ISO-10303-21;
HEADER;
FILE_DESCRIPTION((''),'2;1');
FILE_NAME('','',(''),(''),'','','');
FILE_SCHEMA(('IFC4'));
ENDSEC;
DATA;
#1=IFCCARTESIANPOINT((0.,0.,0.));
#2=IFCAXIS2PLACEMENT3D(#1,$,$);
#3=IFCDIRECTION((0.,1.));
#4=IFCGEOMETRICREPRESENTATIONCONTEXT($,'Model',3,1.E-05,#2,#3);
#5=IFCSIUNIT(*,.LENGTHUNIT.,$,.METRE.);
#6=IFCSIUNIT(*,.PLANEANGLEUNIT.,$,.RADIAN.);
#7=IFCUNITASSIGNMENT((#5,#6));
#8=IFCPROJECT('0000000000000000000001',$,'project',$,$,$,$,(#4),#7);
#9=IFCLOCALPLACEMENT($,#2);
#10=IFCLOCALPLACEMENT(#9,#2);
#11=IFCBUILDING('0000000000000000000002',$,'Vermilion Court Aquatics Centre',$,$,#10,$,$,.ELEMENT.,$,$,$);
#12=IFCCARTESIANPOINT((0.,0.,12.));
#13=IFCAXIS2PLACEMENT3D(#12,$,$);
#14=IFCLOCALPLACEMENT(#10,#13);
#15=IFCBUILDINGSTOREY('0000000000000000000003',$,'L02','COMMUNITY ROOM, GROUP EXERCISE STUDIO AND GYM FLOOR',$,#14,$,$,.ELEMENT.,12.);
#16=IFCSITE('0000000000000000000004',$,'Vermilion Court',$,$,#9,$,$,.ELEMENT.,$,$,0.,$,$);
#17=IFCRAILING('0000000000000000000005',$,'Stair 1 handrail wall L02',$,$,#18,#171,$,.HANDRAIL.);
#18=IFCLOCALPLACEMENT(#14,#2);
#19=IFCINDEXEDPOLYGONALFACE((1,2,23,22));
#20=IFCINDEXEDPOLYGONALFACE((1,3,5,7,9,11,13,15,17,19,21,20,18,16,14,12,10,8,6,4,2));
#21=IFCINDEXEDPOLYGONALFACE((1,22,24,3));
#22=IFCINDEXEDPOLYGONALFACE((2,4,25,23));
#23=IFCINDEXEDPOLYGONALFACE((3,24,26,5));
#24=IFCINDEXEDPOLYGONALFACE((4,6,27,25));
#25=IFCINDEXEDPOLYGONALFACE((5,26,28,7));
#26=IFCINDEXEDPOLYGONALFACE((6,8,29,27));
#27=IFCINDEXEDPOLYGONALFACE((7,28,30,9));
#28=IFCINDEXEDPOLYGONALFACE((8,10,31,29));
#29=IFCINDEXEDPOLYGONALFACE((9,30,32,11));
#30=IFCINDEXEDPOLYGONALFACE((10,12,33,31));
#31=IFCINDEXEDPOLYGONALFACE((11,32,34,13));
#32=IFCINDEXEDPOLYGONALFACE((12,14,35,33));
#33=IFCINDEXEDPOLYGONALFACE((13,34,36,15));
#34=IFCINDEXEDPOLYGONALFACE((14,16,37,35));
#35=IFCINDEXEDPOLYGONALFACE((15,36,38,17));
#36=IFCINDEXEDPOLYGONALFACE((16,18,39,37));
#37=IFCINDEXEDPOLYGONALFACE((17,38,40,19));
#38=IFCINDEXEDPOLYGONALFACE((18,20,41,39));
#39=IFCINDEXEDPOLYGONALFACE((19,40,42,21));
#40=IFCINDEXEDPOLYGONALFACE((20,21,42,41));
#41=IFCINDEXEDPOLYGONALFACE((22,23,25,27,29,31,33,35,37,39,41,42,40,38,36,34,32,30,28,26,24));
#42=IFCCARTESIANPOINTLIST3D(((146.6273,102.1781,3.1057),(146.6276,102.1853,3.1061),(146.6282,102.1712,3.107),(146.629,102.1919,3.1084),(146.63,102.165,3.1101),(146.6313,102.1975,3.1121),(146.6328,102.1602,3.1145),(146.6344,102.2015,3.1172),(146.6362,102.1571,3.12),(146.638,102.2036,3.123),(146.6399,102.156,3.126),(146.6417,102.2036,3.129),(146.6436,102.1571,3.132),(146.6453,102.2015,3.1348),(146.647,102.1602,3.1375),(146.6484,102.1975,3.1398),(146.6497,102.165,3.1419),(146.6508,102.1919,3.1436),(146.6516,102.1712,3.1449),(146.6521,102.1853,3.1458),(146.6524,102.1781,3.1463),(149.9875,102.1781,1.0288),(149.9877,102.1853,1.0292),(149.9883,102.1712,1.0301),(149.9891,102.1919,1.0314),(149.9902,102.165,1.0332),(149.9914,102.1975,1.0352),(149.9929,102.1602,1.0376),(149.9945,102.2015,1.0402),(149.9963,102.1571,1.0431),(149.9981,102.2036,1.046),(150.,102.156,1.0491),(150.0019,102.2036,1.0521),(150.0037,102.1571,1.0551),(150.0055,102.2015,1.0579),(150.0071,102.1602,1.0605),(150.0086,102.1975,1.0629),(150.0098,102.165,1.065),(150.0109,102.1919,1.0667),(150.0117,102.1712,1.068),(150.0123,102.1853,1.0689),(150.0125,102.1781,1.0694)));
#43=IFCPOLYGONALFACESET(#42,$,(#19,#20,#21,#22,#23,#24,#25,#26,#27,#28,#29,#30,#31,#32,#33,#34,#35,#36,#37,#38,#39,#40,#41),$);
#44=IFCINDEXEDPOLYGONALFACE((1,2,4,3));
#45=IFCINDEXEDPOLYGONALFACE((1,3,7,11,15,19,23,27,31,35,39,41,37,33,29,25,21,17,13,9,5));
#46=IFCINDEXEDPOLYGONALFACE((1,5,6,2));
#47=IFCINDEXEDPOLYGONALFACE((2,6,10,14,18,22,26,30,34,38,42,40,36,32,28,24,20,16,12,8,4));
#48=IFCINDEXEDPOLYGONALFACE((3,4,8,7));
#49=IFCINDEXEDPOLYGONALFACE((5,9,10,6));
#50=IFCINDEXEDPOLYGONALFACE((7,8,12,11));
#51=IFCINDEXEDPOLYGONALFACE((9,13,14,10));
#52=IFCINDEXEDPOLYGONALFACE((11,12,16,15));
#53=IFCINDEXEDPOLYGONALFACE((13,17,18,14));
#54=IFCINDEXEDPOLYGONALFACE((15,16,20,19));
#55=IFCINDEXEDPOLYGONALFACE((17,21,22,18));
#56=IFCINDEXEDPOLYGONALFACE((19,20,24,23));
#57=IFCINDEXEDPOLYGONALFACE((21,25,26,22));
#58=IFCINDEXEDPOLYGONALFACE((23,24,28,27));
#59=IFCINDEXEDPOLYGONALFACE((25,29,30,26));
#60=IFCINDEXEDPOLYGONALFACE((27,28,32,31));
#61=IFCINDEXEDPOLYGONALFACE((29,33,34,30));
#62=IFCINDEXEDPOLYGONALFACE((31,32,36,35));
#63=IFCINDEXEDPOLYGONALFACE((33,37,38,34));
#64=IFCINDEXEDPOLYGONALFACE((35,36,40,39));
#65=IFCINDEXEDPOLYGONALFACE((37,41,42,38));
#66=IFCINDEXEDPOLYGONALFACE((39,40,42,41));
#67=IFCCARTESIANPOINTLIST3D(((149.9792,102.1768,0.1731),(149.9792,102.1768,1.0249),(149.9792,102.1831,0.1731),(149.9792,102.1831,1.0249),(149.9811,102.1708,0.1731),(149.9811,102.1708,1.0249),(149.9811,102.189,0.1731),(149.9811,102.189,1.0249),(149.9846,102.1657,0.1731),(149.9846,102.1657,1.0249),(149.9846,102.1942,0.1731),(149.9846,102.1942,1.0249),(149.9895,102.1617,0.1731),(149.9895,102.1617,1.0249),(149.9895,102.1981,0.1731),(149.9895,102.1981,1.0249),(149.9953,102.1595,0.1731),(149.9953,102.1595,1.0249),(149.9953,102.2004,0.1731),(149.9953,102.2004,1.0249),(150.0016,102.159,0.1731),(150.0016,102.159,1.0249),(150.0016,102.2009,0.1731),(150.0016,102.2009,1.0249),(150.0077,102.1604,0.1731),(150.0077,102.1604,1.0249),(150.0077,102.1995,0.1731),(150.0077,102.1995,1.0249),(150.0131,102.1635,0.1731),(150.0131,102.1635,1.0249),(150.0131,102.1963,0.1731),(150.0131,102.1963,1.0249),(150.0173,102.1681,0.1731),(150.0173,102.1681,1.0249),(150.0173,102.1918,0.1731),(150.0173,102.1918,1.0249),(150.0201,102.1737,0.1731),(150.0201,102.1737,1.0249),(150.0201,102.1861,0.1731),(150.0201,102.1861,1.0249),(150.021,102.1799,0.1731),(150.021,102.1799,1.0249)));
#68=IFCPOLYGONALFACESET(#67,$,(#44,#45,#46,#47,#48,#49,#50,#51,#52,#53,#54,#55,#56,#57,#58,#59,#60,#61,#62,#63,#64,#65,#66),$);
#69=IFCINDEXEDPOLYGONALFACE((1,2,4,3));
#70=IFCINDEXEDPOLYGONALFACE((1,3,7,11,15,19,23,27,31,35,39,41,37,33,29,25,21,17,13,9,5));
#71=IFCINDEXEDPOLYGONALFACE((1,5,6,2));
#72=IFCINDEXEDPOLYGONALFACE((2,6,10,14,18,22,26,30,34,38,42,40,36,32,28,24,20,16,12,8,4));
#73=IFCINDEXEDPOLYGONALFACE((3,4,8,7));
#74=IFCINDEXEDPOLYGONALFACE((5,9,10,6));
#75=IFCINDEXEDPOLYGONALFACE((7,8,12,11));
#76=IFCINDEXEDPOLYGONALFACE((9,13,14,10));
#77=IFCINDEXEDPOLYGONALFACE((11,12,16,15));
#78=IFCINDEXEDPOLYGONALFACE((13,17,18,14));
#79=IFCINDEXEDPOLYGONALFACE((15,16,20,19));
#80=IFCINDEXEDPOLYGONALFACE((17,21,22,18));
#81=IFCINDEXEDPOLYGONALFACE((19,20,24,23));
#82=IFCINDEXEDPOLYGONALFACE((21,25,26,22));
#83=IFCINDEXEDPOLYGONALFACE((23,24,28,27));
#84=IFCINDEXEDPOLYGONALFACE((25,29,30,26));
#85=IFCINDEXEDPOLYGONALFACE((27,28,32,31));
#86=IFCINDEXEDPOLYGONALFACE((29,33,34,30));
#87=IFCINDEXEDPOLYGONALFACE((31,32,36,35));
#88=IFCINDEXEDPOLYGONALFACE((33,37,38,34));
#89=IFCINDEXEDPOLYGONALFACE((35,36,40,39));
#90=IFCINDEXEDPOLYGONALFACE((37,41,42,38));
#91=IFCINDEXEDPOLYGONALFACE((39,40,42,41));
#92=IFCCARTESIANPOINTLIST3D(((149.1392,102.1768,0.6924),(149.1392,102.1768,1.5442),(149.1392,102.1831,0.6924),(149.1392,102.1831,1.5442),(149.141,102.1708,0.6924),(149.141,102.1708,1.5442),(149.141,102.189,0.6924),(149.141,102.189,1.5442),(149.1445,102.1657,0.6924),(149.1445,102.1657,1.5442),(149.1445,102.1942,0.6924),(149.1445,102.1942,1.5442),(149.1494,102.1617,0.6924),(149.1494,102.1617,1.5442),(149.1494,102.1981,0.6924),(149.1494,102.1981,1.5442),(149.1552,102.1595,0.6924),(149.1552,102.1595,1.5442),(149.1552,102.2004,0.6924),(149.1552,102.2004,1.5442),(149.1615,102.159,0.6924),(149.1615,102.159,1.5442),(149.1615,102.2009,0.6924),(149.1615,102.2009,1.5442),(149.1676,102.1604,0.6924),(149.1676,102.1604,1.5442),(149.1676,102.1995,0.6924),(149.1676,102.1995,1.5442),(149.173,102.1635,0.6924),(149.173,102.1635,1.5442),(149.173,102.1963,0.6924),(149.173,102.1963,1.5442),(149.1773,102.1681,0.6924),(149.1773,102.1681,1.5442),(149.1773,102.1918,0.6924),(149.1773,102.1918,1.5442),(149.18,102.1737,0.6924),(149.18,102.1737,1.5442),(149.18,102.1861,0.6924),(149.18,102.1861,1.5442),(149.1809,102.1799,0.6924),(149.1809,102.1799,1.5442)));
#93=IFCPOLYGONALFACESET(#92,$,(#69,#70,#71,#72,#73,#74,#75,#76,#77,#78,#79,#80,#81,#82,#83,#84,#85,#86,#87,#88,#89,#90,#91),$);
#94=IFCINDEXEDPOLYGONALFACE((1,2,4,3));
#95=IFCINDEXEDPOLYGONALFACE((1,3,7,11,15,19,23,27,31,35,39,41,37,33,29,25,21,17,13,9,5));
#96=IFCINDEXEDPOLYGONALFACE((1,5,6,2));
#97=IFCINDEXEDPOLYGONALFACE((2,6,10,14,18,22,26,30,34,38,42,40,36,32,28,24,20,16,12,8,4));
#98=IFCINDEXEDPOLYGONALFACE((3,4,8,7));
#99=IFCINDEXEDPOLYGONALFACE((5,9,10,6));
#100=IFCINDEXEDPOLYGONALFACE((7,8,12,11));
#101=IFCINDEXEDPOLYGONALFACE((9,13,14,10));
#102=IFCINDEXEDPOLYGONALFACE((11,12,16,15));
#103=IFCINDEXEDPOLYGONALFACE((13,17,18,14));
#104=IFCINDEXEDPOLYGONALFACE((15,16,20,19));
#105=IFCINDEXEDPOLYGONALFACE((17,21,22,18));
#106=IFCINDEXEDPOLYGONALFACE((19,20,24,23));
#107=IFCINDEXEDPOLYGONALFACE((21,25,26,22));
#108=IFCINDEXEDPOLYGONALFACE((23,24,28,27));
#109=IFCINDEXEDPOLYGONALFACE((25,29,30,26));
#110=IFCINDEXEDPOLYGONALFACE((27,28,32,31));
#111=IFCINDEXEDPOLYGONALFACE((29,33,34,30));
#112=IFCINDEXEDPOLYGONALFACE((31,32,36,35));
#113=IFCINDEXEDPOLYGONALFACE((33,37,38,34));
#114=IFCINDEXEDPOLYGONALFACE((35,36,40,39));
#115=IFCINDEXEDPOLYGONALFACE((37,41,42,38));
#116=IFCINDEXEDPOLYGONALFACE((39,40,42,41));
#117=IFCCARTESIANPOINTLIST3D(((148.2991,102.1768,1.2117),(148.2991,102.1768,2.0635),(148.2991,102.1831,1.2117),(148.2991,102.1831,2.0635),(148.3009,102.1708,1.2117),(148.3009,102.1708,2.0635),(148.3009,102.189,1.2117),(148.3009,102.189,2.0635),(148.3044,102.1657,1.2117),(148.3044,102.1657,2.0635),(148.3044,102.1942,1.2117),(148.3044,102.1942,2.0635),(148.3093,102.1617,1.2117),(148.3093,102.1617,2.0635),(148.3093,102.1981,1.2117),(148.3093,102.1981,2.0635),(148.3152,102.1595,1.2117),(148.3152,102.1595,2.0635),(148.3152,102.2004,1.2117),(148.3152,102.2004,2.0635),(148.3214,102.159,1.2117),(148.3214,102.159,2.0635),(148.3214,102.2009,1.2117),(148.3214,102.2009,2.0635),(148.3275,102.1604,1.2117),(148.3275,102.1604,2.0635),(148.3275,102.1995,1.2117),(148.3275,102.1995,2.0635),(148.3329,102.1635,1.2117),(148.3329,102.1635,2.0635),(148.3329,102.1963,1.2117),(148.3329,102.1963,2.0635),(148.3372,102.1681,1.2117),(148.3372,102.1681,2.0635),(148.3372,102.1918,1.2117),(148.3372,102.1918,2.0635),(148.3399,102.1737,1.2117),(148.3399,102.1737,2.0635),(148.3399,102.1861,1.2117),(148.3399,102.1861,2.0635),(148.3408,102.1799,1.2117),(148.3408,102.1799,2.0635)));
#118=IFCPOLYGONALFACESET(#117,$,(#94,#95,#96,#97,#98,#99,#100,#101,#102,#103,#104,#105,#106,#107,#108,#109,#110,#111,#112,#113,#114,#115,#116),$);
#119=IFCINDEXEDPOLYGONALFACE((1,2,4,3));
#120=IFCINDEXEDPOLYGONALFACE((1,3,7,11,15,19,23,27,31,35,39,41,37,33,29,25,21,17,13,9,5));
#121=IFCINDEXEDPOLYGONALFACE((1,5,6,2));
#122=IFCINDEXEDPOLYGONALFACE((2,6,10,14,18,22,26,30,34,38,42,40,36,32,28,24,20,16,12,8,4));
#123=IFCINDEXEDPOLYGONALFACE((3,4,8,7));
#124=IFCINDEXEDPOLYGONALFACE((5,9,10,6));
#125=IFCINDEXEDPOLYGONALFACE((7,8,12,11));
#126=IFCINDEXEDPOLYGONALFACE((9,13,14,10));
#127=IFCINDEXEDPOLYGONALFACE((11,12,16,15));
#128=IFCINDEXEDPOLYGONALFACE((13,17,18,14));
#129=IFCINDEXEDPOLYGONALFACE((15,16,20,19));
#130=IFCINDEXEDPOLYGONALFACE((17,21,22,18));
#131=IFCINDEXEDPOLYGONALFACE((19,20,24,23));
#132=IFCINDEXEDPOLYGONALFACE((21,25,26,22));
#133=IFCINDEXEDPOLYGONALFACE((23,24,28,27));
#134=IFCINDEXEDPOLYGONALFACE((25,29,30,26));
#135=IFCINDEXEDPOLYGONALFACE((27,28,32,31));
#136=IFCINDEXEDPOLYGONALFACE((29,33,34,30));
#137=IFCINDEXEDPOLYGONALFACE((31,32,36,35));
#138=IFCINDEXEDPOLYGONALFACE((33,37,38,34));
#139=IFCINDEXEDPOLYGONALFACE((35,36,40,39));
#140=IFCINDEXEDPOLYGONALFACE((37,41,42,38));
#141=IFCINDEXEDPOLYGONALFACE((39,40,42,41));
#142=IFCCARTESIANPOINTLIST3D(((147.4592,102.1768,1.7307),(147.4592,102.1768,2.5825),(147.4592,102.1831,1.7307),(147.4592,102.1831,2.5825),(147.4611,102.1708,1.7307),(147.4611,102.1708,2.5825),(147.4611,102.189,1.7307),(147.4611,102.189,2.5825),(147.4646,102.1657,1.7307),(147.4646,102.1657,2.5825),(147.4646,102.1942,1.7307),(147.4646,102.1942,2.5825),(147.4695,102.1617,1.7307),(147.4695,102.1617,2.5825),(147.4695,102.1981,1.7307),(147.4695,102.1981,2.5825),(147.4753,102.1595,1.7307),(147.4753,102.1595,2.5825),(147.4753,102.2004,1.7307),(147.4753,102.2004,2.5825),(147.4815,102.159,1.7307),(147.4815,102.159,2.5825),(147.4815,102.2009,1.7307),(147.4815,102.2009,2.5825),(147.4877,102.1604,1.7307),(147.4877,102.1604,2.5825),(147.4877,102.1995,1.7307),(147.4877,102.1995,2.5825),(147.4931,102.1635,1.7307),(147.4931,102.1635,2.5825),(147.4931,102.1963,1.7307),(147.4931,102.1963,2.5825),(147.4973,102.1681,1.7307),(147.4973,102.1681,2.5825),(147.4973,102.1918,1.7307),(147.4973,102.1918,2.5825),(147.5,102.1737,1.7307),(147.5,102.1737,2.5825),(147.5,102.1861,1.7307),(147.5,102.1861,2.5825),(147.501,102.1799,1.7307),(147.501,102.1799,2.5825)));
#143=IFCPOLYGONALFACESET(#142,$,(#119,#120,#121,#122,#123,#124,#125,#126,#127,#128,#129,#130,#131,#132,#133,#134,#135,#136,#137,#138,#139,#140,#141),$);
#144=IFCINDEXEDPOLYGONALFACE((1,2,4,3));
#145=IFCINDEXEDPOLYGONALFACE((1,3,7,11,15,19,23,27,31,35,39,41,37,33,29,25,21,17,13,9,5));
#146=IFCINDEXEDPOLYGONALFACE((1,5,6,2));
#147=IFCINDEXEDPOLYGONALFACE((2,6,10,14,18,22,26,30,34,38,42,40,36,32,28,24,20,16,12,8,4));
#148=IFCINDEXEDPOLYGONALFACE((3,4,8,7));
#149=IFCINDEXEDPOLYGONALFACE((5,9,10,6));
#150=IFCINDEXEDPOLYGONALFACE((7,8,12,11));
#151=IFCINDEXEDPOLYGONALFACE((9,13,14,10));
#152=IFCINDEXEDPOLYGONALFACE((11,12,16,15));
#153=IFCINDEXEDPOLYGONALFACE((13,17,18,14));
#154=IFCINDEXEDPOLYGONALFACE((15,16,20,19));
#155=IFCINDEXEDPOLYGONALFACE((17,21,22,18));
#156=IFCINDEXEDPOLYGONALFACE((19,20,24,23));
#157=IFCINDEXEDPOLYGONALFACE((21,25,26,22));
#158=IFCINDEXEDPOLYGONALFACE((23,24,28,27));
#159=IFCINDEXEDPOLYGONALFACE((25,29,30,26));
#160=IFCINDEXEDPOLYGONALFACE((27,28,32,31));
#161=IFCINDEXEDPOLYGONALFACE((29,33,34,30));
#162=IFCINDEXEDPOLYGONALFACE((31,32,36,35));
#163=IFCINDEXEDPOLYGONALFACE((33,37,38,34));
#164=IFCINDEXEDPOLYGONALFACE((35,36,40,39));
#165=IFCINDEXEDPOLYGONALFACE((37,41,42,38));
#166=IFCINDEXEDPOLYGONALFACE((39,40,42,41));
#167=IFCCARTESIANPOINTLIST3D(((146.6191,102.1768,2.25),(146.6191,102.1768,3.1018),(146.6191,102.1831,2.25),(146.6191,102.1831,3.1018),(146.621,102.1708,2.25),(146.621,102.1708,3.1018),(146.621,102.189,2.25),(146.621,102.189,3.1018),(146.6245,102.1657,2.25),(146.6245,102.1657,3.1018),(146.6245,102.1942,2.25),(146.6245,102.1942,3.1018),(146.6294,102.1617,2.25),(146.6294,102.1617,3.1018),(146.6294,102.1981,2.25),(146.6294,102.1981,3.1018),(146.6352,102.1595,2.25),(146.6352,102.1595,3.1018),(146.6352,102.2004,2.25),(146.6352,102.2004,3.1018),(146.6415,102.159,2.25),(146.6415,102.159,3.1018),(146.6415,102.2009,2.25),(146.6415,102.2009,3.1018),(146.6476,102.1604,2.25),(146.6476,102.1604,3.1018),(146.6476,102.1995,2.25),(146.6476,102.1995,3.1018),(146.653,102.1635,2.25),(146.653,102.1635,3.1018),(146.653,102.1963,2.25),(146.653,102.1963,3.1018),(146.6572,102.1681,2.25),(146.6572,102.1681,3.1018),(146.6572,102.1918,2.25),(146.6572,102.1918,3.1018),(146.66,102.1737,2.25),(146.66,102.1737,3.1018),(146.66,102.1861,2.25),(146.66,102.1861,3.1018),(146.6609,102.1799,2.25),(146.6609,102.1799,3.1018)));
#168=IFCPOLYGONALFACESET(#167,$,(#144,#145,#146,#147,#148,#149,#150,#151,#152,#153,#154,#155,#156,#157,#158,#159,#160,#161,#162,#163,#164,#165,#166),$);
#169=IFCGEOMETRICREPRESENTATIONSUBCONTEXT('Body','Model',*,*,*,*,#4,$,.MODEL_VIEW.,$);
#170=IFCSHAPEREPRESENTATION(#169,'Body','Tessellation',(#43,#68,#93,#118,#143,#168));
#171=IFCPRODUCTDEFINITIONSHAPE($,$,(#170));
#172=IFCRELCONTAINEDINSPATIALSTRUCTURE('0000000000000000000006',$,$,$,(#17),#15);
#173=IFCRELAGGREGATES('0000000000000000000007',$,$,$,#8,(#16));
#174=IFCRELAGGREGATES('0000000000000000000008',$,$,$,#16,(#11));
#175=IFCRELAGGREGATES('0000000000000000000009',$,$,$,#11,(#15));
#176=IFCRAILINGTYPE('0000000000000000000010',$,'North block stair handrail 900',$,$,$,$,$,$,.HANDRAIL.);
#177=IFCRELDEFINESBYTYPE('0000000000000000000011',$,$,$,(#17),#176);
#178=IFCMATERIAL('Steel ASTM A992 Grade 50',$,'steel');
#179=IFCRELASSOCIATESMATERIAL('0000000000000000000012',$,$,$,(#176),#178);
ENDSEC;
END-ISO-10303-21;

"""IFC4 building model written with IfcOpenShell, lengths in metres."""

from ifc_helpers import new_model, si_unit, direction, frame, origin, origin_2d, place, context, subcontext, project, spatial, circle, extrude, material, type_object, element, save


model = new_model("IFC4")

# Units and contexts
model_context = context("Model", 3, precision=1e-05, world=origin(), true_north=direction((0.0, 1.0)))
body_context = subcontext(model_context, "Body", "Model", "MODEL_VIEW")
ifc_project = project(units=[si_unit("LENGTHUNIT", "METRE"), si_unit("PLANEANGLEUNIT", "RADIAN")], contexts=[model_context])

# Site, building, storey
site_placement = place(None, origin())
site = spatial("IfcSite", under=ifc_project, at=site_placement, Name="Vermilion Court", CompositionType="ELEMENT", RefElevation=0.0)
building_placement = place(site_placement, origin())
building = spatial("IfcBuilding", under=site, at=building_placement, Name="Vermilion Court Aquatics Centre", CompositionType="ELEMENT")
storey_placement = place(building_placement, frame((0.0, 0.0, 12.0)))
storey = spatial("IfcBuildingStorey", under=building, at=storey_placement, Name="L02", Description="COMMUNITY ROOM, GROUP EXERCISE STUDIO AND GYM FLOOR", CompositionType="ELEMENT", Elevation=12.0)

# Railing
ifc_material_1 = material(Name="Steel ASTM A992 Grade 50", Category="steel")
railing_type_1 = type_object("IfcRailingType", Name="North block stair handrail 900", PredefinedType="HANDRAIL", material=ifc_material_1)
for number, where, name in (
    (1, (150.0, 102.1799, 0.1731), "Stair 1 handrail wall L02"),
):
    element("IfcRailing", number, at=place(storey_placement, frame(where)), inside=storey, type_object=railing_type_1, Name=name, PredefinedType="HANDRAIL", context=body_context, shape_type="SweptSolid", body=[
        extrude(circle(Radius=0.0239, at=origin_2d()), frame((0.0, 0.0, 0.876), z_axis=(-0.850623, 0.0, 0.525776), x_axis=(0.0, -1.0, 0.0)), (0.0, 0.0, 1.0), 3.9502),
        extrude(circle(Radius=0.021, at=origin_2d()), origin(), (0.0, 0.0, 1.0), 0.8518),
        extrude(circle(Radius=0.021, at=origin_2d()), frame((-0.8401, 0.0, 0.5193)), (0.0, 0.0, 1.0), 0.8518),
        extrude(circle(Radius=0.021, at=origin_2d()), frame((-1.6802, 0.0, 1.0386)), (0.0, 0.0, 1.0), 0.8518),
        extrude(circle(Radius=0.021, at=origin_2d()), frame((-2.52, 0.0, 1.5576)), (0.0, 0.0, 1.0), 0.8518),
        extrude(circle(Radius=0.021, at=origin_2d()), frame((-3.3601, 0.0, 2.0769)), (0.0, 0.0, 1.0), 0.8518),
    ])

save(model, "model.ifc")
